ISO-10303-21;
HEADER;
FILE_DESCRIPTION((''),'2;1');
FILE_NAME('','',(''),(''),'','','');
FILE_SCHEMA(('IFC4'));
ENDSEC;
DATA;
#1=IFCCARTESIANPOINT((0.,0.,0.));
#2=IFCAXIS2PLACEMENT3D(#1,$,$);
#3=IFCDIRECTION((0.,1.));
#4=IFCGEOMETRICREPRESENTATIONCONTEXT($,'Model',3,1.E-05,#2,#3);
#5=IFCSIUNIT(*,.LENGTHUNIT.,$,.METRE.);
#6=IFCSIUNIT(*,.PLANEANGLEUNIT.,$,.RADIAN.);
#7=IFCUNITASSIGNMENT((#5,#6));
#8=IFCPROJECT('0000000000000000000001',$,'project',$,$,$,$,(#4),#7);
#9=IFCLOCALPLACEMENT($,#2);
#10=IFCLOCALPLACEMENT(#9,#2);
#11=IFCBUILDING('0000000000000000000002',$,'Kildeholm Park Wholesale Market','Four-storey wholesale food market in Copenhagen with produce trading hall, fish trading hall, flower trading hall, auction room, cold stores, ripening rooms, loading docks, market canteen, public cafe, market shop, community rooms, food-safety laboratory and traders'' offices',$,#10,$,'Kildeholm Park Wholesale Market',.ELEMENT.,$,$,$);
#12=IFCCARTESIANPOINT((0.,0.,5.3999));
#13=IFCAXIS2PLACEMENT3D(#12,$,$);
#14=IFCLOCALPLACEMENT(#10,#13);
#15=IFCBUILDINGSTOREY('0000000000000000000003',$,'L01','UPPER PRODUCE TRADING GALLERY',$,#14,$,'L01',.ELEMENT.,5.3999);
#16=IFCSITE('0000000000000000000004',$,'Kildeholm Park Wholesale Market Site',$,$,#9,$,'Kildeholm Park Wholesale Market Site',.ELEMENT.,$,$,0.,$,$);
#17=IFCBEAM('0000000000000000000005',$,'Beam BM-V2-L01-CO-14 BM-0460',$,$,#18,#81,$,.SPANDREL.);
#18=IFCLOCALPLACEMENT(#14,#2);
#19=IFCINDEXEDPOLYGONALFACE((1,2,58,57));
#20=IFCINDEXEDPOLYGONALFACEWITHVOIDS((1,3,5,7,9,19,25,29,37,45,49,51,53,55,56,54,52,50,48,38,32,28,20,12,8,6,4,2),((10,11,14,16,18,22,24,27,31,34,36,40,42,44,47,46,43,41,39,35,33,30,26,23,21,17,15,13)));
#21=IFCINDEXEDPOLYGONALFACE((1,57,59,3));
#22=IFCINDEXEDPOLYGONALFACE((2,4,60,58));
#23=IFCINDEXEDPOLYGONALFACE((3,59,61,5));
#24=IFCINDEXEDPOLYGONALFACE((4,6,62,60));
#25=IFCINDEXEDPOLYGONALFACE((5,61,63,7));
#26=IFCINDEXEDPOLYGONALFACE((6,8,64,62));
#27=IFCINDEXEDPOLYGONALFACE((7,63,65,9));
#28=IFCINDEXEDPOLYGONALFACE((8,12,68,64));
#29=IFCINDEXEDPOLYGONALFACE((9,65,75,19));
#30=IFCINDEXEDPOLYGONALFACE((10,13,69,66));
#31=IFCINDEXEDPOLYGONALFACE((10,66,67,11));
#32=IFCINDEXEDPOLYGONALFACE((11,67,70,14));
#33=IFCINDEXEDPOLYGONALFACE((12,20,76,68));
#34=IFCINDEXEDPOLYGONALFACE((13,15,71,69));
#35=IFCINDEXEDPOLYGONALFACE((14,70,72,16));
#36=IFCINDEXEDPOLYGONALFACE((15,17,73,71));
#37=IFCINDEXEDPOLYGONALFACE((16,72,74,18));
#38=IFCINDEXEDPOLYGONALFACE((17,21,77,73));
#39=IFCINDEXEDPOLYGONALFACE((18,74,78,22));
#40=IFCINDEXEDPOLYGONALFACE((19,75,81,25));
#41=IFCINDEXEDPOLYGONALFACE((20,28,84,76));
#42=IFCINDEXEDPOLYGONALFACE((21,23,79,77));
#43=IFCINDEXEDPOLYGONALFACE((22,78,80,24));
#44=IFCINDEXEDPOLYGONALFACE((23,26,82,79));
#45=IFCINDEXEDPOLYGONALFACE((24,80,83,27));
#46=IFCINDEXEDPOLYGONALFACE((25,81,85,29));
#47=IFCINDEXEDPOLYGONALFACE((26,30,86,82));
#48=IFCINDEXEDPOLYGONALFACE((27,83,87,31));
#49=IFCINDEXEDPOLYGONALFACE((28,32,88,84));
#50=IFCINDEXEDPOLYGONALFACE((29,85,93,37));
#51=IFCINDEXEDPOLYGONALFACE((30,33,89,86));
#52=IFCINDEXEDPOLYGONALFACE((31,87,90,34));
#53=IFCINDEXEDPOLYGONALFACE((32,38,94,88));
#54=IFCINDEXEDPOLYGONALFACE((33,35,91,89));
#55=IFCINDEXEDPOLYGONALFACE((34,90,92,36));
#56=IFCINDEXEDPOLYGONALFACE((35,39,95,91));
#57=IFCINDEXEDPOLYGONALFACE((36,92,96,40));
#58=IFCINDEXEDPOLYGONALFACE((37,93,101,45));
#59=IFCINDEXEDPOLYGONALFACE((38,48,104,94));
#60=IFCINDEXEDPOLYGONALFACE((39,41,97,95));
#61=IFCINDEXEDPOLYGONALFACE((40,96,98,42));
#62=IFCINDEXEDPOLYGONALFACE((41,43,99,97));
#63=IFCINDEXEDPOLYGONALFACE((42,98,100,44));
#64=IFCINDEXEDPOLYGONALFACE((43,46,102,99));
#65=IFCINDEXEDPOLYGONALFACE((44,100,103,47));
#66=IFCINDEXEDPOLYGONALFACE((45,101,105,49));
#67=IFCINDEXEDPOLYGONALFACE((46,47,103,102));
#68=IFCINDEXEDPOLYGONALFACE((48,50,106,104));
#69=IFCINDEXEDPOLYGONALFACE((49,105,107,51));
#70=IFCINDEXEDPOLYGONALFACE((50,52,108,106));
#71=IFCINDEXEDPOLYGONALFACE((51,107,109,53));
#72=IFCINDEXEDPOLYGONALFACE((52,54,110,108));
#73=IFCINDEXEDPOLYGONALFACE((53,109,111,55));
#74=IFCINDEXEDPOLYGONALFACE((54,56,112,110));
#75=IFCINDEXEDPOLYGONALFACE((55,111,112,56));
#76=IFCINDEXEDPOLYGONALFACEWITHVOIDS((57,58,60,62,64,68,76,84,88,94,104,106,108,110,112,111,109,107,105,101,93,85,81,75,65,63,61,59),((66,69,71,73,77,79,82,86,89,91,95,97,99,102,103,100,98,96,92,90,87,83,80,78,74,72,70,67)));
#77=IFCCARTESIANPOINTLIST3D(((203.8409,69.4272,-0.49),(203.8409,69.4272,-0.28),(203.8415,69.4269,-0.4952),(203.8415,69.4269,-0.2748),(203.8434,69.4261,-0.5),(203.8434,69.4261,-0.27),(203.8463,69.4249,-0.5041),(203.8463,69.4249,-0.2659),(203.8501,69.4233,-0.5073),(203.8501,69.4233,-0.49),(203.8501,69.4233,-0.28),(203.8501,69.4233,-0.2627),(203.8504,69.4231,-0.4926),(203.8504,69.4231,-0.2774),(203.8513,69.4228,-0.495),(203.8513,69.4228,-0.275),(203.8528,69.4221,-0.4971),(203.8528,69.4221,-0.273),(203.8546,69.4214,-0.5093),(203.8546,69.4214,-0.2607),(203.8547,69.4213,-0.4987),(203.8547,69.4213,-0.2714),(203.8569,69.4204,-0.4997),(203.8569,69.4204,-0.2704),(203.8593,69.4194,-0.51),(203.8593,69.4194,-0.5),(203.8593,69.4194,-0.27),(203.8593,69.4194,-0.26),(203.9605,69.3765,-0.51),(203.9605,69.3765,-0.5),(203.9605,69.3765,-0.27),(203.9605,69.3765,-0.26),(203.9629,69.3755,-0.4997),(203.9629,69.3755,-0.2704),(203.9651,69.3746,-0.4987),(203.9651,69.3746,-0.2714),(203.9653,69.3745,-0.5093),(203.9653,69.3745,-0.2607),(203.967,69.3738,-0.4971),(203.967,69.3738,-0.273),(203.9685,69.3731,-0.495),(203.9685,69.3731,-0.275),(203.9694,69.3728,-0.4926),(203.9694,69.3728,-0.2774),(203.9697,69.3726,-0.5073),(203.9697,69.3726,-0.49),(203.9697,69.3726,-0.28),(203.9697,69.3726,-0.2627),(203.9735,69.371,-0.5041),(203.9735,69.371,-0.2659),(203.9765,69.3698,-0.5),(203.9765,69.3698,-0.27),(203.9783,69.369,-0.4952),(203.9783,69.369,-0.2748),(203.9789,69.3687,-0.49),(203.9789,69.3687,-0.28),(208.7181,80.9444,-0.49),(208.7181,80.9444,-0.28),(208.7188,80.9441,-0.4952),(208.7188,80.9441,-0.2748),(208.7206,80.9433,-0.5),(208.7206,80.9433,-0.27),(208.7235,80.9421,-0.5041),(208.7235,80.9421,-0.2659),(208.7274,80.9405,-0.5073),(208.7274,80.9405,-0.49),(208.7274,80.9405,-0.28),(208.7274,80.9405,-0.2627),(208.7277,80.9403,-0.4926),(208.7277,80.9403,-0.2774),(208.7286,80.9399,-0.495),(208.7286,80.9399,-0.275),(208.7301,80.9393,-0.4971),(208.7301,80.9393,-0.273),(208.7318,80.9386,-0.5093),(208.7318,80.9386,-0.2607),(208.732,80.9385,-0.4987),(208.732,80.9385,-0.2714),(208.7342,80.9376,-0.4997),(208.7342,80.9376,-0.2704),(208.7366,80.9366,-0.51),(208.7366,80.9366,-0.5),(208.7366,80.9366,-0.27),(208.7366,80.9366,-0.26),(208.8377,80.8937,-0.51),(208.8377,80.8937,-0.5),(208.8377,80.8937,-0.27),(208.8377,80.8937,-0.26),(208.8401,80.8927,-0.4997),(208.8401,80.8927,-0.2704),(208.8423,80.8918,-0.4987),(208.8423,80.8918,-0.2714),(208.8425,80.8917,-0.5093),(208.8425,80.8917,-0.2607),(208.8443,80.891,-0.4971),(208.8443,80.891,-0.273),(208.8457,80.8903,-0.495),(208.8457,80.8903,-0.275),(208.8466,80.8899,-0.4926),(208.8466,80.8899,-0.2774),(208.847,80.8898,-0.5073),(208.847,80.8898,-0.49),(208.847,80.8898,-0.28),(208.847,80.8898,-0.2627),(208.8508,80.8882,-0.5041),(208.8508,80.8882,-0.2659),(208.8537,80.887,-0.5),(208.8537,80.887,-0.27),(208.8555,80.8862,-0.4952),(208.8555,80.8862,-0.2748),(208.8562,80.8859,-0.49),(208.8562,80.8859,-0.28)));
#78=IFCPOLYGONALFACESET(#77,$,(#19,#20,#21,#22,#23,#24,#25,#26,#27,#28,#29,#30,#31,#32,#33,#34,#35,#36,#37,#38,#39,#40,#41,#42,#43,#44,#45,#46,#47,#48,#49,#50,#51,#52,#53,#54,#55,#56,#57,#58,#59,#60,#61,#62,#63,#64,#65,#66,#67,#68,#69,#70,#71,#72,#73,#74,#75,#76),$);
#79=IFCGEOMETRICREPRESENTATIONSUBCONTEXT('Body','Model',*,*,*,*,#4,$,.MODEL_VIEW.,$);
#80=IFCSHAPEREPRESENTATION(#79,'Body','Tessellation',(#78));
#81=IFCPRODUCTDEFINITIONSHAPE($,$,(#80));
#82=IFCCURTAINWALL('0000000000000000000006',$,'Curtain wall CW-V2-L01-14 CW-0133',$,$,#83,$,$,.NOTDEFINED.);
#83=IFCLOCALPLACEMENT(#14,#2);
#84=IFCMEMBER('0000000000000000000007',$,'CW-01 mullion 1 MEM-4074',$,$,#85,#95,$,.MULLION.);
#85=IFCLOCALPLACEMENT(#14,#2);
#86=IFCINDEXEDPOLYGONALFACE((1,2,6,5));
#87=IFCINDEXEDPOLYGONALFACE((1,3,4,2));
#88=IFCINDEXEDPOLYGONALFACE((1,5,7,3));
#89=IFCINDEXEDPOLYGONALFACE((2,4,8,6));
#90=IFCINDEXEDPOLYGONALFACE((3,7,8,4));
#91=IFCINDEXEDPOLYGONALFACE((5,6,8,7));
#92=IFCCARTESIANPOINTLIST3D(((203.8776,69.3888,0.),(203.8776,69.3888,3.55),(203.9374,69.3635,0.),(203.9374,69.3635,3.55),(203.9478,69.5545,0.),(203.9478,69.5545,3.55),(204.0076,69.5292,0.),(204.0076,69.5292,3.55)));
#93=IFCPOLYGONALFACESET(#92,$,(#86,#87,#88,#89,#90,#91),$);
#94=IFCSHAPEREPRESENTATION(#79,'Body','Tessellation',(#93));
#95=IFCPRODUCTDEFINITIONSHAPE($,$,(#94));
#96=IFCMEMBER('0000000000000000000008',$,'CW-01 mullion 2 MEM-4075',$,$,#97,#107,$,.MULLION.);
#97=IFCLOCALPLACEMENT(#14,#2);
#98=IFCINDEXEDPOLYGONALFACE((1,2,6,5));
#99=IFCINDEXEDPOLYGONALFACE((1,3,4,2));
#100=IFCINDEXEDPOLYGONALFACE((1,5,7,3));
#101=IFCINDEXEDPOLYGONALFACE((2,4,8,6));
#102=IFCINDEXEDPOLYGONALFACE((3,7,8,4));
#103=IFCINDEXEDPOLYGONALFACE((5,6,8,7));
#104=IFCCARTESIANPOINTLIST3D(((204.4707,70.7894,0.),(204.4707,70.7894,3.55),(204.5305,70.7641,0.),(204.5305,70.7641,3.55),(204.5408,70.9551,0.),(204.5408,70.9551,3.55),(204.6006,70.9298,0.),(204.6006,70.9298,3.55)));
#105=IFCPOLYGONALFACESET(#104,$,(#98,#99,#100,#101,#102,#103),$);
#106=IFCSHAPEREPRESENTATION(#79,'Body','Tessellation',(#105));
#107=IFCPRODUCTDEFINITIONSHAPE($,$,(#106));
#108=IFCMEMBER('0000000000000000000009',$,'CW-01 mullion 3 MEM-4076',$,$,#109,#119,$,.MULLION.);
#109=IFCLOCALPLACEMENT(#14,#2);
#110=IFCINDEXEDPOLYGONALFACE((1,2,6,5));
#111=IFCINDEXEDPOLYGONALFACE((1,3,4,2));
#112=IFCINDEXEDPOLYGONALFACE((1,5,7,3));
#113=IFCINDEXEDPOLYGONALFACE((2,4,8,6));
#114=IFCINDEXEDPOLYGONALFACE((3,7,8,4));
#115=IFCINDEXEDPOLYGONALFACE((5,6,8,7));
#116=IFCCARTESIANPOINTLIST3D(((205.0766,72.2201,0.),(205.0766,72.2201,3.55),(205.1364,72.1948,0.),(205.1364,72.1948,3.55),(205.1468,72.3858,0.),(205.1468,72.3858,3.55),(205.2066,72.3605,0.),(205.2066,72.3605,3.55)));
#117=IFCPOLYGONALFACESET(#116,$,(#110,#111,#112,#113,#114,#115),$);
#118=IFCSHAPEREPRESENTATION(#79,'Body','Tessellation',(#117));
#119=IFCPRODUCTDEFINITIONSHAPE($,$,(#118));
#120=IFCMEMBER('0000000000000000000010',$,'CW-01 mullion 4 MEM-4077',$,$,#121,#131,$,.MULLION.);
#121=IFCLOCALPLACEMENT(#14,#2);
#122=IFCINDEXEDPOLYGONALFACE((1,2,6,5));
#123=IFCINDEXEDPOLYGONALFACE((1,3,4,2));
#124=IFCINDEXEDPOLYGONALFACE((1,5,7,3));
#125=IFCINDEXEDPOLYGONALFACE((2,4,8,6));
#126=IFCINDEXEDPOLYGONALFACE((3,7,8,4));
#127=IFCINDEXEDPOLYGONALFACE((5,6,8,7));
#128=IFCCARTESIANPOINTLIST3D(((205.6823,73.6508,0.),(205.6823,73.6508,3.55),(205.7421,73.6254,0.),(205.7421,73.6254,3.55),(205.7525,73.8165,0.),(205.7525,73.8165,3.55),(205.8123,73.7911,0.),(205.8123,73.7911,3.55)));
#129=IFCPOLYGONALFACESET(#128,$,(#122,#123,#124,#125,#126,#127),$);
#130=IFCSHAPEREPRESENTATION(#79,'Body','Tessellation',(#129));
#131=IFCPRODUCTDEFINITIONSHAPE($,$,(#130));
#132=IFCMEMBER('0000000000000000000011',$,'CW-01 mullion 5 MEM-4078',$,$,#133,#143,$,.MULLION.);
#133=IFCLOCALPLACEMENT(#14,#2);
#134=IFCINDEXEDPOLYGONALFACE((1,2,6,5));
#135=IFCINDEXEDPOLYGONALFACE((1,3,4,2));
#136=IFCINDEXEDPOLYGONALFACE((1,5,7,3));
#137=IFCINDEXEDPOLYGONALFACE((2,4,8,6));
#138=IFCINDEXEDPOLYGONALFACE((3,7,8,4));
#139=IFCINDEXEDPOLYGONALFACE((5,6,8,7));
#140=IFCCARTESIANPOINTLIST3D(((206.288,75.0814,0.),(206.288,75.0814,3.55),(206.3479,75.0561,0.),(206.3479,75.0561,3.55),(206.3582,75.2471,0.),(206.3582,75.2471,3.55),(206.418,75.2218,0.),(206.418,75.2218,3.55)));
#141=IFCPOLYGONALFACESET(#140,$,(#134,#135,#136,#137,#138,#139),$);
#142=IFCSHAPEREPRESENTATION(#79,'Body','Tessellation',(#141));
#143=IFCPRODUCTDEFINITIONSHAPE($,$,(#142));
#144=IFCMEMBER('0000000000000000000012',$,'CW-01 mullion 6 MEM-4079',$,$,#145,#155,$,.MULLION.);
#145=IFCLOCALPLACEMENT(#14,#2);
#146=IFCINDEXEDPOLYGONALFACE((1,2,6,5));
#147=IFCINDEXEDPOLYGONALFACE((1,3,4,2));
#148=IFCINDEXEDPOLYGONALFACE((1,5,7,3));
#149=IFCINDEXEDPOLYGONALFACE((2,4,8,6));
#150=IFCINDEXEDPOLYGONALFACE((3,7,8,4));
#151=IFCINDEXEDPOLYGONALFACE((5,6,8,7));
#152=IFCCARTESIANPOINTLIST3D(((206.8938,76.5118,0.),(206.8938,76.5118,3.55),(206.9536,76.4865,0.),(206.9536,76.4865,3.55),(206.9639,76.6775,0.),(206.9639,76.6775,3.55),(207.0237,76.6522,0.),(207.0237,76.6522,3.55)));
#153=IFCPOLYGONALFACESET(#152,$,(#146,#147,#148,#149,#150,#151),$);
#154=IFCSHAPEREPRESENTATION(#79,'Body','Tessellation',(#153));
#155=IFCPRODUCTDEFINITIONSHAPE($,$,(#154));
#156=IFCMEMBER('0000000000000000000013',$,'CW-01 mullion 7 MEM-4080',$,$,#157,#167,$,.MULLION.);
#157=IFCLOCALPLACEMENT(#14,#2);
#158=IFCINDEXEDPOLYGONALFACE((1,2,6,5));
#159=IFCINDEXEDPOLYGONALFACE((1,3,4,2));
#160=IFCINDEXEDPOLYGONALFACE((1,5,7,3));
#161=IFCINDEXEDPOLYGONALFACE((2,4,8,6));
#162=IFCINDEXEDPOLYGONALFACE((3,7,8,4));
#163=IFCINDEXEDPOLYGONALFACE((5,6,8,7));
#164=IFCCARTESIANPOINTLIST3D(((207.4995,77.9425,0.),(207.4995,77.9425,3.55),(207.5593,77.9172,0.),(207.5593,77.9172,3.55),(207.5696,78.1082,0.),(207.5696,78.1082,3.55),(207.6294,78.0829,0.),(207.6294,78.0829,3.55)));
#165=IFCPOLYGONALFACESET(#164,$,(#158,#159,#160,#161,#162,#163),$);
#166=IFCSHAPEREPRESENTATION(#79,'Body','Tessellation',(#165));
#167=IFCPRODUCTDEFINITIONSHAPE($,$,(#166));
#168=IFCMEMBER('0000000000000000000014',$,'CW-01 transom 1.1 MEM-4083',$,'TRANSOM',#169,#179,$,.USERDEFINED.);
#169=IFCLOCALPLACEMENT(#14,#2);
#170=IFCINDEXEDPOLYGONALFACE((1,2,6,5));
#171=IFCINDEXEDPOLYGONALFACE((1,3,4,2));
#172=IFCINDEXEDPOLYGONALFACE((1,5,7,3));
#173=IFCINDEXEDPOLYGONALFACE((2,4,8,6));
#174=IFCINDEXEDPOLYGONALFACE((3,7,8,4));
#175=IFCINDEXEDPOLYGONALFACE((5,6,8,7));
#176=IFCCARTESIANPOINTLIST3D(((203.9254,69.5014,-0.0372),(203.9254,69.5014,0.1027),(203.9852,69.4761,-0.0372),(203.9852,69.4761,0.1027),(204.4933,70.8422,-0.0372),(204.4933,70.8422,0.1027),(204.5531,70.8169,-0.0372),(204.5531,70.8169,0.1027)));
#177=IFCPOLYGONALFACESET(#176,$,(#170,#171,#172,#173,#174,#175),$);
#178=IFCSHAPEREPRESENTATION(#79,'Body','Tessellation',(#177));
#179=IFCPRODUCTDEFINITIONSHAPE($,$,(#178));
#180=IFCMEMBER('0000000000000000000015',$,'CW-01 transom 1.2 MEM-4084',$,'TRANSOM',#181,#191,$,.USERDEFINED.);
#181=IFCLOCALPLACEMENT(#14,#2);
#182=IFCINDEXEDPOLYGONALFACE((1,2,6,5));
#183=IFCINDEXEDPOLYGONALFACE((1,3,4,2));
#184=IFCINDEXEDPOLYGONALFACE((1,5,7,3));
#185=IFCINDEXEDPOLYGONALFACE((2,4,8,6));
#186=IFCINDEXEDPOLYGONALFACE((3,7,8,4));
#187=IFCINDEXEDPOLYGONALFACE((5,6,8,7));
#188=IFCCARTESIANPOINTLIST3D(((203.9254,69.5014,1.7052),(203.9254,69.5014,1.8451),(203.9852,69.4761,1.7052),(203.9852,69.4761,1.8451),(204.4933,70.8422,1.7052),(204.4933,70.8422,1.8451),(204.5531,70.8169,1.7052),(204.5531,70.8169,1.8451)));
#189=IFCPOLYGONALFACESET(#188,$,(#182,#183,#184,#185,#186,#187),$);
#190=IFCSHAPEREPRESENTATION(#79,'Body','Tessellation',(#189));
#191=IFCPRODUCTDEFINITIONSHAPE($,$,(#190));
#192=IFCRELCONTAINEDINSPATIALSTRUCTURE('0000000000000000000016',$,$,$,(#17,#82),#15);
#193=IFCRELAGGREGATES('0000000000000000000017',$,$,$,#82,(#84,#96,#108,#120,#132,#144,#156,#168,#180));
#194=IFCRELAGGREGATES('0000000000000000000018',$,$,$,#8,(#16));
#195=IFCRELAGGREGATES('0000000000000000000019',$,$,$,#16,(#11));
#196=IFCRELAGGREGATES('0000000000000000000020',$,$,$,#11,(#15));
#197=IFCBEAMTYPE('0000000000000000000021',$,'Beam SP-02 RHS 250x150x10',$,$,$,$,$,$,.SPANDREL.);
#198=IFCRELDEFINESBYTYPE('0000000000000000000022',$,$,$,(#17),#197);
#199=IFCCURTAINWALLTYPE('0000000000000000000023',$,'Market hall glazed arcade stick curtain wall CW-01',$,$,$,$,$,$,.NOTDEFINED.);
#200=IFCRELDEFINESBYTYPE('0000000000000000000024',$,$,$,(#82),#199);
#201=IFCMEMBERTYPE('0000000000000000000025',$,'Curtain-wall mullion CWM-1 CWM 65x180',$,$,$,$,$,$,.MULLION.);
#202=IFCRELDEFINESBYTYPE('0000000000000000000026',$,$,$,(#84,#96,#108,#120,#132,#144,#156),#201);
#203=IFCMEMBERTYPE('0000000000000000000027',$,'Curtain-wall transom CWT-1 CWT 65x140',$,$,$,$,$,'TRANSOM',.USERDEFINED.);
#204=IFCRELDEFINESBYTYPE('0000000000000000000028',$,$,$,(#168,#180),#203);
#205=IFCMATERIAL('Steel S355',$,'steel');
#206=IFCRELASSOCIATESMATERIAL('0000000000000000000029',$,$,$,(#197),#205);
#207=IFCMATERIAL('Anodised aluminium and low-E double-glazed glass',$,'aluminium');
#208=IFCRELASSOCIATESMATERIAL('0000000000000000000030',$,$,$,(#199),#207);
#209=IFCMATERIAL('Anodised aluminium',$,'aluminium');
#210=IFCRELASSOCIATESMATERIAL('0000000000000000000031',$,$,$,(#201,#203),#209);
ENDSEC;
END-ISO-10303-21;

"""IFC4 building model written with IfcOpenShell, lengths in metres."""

from ifc_helpers import new_model, si_unit, direction, frame, origin, origin_2d, place, context, subcontext, project, spatial, rectangle, hollow_rectangle, extrude, material, material_profile, profile_set, type_object, element, aggregate, save


model = new_model("IFC4")

# Units and contexts
model_context = context("Model", 3, precision=1e-05, world=origin(), true_north=direction((0.0, 1.0)))
body_context = subcontext(model_context, "Body", "Model", "MODEL_VIEW")
ifc_project = project(units=[si_unit("LENGTHUNIT", "METRE"), si_unit("PLANEANGLEUNIT", "RADIAN")], contexts=[model_context])

# Site, building, storey
site_placement = place(None, origin())
site = spatial("IfcSite", under=ifc_project, at=site_placement, Name="Kildeholm Park Wholesale Market Site", LongName="Kildeholm Park Wholesale Market Site", CompositionType="ELEMENT", RefElevation=0.0)
building_placement = place(site_placement, origin())
building = spatial("IfcBuilding", under=site, at=building_placement, Name="Kildeholm Park Wholesale Market", Description="Four-storey wholesale food market in Copenhagen with produce trading hall, fish trading hall, flower trading hall, auction room, cold stores, ripening rooms, loading docks, market canteen, public cafe, market shop, community rooms, food-safety laboratory and traders' offices", LongName="Kildeholm Park Wholesale Market", CompositionType="ELEMENT")
storey_placement = place(building_placement, frame((0.0, 0.0, 5.3999)))
storey = spatial("IfcBuildingStorey", under=building, at=storey_placement, Name="L01", Description="UPPER PRODUCE TRADING GALLERY", LongName="L01", CompositionType="ELEMENT", Elevation=5.3999)

# Beam
ifc_material_1 = material(Name="Steel S355", Category="steel")
ifc_material_profile_1 = material_profile(ifc_material_1, hollow_rectangle(XDim=0.1499, YDim=0.25, WallThickness=0.01, InnerFilletRadius=0.01, OuterFilletRadius=0.02, at=origin_2d()), Name="RHS 250x150x10")
ifc_profile_set_1 = profile_set([ifc_material_profile_1], Name="Steel S355")
beam_type = type_object("IfcBeamType", Name="Beam SP-02 RHS 250x150x10", PredefinedType="SPANDREL", material=ifc_profile_set_1)
beam_placement = place(storey_placement, frame((203.9099, 69.3979, -0.385), z_axis=(0.389951, 0.920836, 0.0), x_axis=(-0.920836, 0.389951, 0.0)))
element("IfcBeam", 1, at=beam_placement, inside=storey, type_object=beam_type, Name="Beam BM-V2-L01-CO-14 BM-0460", PredefinedType="SPANDREL", context=body_context, shape_type="SweptSolid", body=[
    extrude(hollow_rectangle(XDim=0.1499, YDim=0.25, WallThickness=0.01, InnerFilletRadius=0.01, OuterFilletRadius=0.02, at=origin_2d()), origin(), (0.0, 0.0, 1.0), 12.5073),
])

# Curtain wall, members
ifc_material_2 = material(Name="Anodised aluminium and low-E double-glazed glass", Category="aluminium")
curtain_wall_type = type_object("IfcCurtainWallType", Name="Market hall glazed arcade stick curtain wall CW-01", PredefinedType="NOTDEFINED", material=ifc_material_2)
curtain_wall_placement = place(storey_placement, origin())
curtain_wall = element("IfcCurtainWall", 2, at=curtain_wall_placement, inside=storey, type_object=curtain_wall_type, Name="Curtain wall CW-V2-L01-14 CW-0133", PredefinedType="NOTDEFINED")
ifc_material_3 = material(Name="Anodised aluminium", Category="aluminium")
ifc_material_profile_2 = material_profile(ifc_material_3, rectangle(XDim=0.0649, YDim=0.1799, at=origin_2d()), Name="CWM 65x180")
ifc_profile_set_2 = profile_set([ifc_material_profile_2], Name="Anodised aluminium")
member_type_1 = type_object("IfcMemberType", Name="Curtain-wall mullion CWM-1 CWM 65x180", PredefinedType="MULLION", material=ifc_profile_set_2)
member_1_placement = place(storey_placement, frame((203.9426, 69.459, 0.0), z_axis=(0.0, 0.0, 1.0), x_axis=(-0.920855, 0.389905, 0.0)))
member_1 = element("IfcMember", 3, at=member_1_placement, type_object=member_type_1, Name="CW-01 mullion 1 MEM-4074", PredefinedType="MULLION", context=body_context, shape_type="SweptSolid", body=[
    extrude(rectangle(XDim=0.0649, YDim=0.1799, at=origin_2d()), origin(), (0.0, 0.0, 1.0), 3.55),
])
member_2_placement = place(storey_placement, frame((204.5356, 70.8596, 0.0), z_axis=(0.0, 0.0, 1.0), x_axis=(-0.920855, 0.389905, 0.0)))
member_2 = element("IfcMember", 4, at=member_2_placement, type_object=member_type_1, Name="CW-01 mullion 2 MEM-4075", PredefinedType="MULLION", context=body_context, shape_type="SweptSolid", body=[
    extrude(rectangle(XDim=0.0649, YDim=0.1799, at=origin_2d()), origin(), (0.0, 0.0, 1.0), 3.55),
])
member_3_placement = place(storey_placement, frame((205.1416, 72.2903, 0.0), z_axis=(0.0, 0.0, 1.0), x_axis=(-0.920855, 0.389905, 0.0)))
member_3 = element("IfcMember", 5, at=member_3_placement, type_object=member_type_1, Name="CW-01 mullion 3 MEM-4076", PredefinedType="MULLION", context=body_context, shape_type="SweptSolid", body=[
    extrude(rectangle(XDim=0.0649, YDim=0.1799, at=origin_2d()), origin(), (0.0, 0.0, 1.0), 3.55),
])
member_4_placement = place(storey_placement, frame((205.7473, 73.7209, 0.0), z_axis=(0.0, 0.0, 1.0), x_axis=(-0.920855, 0.389905, 0.0)))
member_4 = element("IfcMember", 6, at=member_4_placement, type_object=member_type_1, Name="CW-01 mullion 4 MEM-4077", PredefinedType="MULLION", context=body_context, shape_type="SweptSolid", body=[
    extrude(rectangle(XDim=0.0649, YDim=0.1799, at=origin_2d()), origin(), (0.0, 0.0, 1.0), 3.55),
])
member_5_placement = place(storey_placement, frame((206.353, 75.1516, 0.0), z_axis=(0.0, 0.0, 1.0), x_axis=(-0.920855, 0.389905, 0.0)))
member_5 = element("IfcMember", 7, at=member_5_placement, type_object=member_type_1, Name="CW-01 mullion 5 MEM-4078", PredefinedType="MULLION", context=body_context, shape_type="SweptSolid", body=[
    extrude(rectangle(XDim=0.0649, YDim=0.1799, at=origin_2d()), origin(), (0.0, 0.0, 1.0), 3.55),
])
member_6_placement = place(storey_placement, frame((206.9587, 76.582, 0.0), z_axis=(0.0, 0.0, 1.0), x_axis=(-0.920855, 0.389905, 0.0)))
member_6 = element("IfcMember", 8, at=member_6_placement, type_object=member_type_1, Name="CW-01 mullion 6 MEM-4079", PredefinedType="MULLION", context=body_context, shape_type="SweptSolid", body=[
    extrude(rectangle(XDim=0.0649, YDim=0.1799, at=origin_2d()), origin(), (0.0, 0.0, 1.0), 3.55),
])
member_7_placement = place(storey_placement, frame((207.5645, 78.0127, 0.0), z_axis=(0.0, 0.0, 1.0), x_axis=(-0.920855, 0.389905, 0.0)))
member_7 = element("IfcMember", 9, at=member_7_placement, type_object=member_type_1, Name="CW-01 mullion 7 MEM-4080", PredefinedType="MULLION", context=body_context, shape_type="SweptSolid", body=[
    extrude(rectangle(XDim=0.0649, YDim=0.1799, at=origin_2d()), origin(), (0.0, 0.0, 1.0), 3.55),
])
ifc_material_profile_3 = material_profile(ifc_material_3, rectangle(XDim=0.0649, YDim=0.1399, at=origin_2d()), Name="CWT 65x140")
ifc_profile_set_3 = profile_set([ifc_material_profile_3], Name="Anodised aluminium")
member_type_2 = type_object("IfcMemberType", Name="Curtain-wall transom CWT-1 CWT 65x140", ElementType="TRANSOM", PredefinedType="USERDEFINED", material=ifc_profile_set_3)
member_8_placement = place(storey_placement, frame((203.9553, 69.4888, 0.0327), z_axis=(0.38999, 0.920819, 0.0), x_axis=(-0.920819, 0.38999, 0.0)))
member_8 = element("IfcMember", 10, at=member_8_placement, type_object=member_type_2, Name="CW-01 transom 1.1 MEM-4083", ObjectType="TRANSOM", PredefinedType="USERDEFINED", context=body_context, shape_type="SweptSolid", body=[
    extrude(rectangle(XDim=0.0649, YDim=0.1399, at=origin_2d()), origin(), (0.0, 0.0, 1.0), 1.4561),
])
member_9_placement = place(storey_placement, frame((203.9553, 69.4888, 1.7751), z_axis=(0.38999, 0.920819, 0.0), x_axis=(-0.920819, 0.38999, 0.0)))
member_9 = element("IfcMember", 11, at=member_9_placement, type_object=member_type_2, Name="CW-01 transom 1.2 MEM-4084", ObjectType="TRANSOM", PredefinedType="USERDEFINED", context=body_context, shape_type="SweptSolid", body=[
    extrude(rectangle(XDim=0.0649, YDim=0.1399, at=origin_2d()), origin(), (0.0, 0.0, 1.0), 1.4561),
])
aggregate(curtain_wall, [member_1, member_2, member_3, member_4, member_5, member_6, member_7, member_8, member_9])

save(model, "model.ifc")
